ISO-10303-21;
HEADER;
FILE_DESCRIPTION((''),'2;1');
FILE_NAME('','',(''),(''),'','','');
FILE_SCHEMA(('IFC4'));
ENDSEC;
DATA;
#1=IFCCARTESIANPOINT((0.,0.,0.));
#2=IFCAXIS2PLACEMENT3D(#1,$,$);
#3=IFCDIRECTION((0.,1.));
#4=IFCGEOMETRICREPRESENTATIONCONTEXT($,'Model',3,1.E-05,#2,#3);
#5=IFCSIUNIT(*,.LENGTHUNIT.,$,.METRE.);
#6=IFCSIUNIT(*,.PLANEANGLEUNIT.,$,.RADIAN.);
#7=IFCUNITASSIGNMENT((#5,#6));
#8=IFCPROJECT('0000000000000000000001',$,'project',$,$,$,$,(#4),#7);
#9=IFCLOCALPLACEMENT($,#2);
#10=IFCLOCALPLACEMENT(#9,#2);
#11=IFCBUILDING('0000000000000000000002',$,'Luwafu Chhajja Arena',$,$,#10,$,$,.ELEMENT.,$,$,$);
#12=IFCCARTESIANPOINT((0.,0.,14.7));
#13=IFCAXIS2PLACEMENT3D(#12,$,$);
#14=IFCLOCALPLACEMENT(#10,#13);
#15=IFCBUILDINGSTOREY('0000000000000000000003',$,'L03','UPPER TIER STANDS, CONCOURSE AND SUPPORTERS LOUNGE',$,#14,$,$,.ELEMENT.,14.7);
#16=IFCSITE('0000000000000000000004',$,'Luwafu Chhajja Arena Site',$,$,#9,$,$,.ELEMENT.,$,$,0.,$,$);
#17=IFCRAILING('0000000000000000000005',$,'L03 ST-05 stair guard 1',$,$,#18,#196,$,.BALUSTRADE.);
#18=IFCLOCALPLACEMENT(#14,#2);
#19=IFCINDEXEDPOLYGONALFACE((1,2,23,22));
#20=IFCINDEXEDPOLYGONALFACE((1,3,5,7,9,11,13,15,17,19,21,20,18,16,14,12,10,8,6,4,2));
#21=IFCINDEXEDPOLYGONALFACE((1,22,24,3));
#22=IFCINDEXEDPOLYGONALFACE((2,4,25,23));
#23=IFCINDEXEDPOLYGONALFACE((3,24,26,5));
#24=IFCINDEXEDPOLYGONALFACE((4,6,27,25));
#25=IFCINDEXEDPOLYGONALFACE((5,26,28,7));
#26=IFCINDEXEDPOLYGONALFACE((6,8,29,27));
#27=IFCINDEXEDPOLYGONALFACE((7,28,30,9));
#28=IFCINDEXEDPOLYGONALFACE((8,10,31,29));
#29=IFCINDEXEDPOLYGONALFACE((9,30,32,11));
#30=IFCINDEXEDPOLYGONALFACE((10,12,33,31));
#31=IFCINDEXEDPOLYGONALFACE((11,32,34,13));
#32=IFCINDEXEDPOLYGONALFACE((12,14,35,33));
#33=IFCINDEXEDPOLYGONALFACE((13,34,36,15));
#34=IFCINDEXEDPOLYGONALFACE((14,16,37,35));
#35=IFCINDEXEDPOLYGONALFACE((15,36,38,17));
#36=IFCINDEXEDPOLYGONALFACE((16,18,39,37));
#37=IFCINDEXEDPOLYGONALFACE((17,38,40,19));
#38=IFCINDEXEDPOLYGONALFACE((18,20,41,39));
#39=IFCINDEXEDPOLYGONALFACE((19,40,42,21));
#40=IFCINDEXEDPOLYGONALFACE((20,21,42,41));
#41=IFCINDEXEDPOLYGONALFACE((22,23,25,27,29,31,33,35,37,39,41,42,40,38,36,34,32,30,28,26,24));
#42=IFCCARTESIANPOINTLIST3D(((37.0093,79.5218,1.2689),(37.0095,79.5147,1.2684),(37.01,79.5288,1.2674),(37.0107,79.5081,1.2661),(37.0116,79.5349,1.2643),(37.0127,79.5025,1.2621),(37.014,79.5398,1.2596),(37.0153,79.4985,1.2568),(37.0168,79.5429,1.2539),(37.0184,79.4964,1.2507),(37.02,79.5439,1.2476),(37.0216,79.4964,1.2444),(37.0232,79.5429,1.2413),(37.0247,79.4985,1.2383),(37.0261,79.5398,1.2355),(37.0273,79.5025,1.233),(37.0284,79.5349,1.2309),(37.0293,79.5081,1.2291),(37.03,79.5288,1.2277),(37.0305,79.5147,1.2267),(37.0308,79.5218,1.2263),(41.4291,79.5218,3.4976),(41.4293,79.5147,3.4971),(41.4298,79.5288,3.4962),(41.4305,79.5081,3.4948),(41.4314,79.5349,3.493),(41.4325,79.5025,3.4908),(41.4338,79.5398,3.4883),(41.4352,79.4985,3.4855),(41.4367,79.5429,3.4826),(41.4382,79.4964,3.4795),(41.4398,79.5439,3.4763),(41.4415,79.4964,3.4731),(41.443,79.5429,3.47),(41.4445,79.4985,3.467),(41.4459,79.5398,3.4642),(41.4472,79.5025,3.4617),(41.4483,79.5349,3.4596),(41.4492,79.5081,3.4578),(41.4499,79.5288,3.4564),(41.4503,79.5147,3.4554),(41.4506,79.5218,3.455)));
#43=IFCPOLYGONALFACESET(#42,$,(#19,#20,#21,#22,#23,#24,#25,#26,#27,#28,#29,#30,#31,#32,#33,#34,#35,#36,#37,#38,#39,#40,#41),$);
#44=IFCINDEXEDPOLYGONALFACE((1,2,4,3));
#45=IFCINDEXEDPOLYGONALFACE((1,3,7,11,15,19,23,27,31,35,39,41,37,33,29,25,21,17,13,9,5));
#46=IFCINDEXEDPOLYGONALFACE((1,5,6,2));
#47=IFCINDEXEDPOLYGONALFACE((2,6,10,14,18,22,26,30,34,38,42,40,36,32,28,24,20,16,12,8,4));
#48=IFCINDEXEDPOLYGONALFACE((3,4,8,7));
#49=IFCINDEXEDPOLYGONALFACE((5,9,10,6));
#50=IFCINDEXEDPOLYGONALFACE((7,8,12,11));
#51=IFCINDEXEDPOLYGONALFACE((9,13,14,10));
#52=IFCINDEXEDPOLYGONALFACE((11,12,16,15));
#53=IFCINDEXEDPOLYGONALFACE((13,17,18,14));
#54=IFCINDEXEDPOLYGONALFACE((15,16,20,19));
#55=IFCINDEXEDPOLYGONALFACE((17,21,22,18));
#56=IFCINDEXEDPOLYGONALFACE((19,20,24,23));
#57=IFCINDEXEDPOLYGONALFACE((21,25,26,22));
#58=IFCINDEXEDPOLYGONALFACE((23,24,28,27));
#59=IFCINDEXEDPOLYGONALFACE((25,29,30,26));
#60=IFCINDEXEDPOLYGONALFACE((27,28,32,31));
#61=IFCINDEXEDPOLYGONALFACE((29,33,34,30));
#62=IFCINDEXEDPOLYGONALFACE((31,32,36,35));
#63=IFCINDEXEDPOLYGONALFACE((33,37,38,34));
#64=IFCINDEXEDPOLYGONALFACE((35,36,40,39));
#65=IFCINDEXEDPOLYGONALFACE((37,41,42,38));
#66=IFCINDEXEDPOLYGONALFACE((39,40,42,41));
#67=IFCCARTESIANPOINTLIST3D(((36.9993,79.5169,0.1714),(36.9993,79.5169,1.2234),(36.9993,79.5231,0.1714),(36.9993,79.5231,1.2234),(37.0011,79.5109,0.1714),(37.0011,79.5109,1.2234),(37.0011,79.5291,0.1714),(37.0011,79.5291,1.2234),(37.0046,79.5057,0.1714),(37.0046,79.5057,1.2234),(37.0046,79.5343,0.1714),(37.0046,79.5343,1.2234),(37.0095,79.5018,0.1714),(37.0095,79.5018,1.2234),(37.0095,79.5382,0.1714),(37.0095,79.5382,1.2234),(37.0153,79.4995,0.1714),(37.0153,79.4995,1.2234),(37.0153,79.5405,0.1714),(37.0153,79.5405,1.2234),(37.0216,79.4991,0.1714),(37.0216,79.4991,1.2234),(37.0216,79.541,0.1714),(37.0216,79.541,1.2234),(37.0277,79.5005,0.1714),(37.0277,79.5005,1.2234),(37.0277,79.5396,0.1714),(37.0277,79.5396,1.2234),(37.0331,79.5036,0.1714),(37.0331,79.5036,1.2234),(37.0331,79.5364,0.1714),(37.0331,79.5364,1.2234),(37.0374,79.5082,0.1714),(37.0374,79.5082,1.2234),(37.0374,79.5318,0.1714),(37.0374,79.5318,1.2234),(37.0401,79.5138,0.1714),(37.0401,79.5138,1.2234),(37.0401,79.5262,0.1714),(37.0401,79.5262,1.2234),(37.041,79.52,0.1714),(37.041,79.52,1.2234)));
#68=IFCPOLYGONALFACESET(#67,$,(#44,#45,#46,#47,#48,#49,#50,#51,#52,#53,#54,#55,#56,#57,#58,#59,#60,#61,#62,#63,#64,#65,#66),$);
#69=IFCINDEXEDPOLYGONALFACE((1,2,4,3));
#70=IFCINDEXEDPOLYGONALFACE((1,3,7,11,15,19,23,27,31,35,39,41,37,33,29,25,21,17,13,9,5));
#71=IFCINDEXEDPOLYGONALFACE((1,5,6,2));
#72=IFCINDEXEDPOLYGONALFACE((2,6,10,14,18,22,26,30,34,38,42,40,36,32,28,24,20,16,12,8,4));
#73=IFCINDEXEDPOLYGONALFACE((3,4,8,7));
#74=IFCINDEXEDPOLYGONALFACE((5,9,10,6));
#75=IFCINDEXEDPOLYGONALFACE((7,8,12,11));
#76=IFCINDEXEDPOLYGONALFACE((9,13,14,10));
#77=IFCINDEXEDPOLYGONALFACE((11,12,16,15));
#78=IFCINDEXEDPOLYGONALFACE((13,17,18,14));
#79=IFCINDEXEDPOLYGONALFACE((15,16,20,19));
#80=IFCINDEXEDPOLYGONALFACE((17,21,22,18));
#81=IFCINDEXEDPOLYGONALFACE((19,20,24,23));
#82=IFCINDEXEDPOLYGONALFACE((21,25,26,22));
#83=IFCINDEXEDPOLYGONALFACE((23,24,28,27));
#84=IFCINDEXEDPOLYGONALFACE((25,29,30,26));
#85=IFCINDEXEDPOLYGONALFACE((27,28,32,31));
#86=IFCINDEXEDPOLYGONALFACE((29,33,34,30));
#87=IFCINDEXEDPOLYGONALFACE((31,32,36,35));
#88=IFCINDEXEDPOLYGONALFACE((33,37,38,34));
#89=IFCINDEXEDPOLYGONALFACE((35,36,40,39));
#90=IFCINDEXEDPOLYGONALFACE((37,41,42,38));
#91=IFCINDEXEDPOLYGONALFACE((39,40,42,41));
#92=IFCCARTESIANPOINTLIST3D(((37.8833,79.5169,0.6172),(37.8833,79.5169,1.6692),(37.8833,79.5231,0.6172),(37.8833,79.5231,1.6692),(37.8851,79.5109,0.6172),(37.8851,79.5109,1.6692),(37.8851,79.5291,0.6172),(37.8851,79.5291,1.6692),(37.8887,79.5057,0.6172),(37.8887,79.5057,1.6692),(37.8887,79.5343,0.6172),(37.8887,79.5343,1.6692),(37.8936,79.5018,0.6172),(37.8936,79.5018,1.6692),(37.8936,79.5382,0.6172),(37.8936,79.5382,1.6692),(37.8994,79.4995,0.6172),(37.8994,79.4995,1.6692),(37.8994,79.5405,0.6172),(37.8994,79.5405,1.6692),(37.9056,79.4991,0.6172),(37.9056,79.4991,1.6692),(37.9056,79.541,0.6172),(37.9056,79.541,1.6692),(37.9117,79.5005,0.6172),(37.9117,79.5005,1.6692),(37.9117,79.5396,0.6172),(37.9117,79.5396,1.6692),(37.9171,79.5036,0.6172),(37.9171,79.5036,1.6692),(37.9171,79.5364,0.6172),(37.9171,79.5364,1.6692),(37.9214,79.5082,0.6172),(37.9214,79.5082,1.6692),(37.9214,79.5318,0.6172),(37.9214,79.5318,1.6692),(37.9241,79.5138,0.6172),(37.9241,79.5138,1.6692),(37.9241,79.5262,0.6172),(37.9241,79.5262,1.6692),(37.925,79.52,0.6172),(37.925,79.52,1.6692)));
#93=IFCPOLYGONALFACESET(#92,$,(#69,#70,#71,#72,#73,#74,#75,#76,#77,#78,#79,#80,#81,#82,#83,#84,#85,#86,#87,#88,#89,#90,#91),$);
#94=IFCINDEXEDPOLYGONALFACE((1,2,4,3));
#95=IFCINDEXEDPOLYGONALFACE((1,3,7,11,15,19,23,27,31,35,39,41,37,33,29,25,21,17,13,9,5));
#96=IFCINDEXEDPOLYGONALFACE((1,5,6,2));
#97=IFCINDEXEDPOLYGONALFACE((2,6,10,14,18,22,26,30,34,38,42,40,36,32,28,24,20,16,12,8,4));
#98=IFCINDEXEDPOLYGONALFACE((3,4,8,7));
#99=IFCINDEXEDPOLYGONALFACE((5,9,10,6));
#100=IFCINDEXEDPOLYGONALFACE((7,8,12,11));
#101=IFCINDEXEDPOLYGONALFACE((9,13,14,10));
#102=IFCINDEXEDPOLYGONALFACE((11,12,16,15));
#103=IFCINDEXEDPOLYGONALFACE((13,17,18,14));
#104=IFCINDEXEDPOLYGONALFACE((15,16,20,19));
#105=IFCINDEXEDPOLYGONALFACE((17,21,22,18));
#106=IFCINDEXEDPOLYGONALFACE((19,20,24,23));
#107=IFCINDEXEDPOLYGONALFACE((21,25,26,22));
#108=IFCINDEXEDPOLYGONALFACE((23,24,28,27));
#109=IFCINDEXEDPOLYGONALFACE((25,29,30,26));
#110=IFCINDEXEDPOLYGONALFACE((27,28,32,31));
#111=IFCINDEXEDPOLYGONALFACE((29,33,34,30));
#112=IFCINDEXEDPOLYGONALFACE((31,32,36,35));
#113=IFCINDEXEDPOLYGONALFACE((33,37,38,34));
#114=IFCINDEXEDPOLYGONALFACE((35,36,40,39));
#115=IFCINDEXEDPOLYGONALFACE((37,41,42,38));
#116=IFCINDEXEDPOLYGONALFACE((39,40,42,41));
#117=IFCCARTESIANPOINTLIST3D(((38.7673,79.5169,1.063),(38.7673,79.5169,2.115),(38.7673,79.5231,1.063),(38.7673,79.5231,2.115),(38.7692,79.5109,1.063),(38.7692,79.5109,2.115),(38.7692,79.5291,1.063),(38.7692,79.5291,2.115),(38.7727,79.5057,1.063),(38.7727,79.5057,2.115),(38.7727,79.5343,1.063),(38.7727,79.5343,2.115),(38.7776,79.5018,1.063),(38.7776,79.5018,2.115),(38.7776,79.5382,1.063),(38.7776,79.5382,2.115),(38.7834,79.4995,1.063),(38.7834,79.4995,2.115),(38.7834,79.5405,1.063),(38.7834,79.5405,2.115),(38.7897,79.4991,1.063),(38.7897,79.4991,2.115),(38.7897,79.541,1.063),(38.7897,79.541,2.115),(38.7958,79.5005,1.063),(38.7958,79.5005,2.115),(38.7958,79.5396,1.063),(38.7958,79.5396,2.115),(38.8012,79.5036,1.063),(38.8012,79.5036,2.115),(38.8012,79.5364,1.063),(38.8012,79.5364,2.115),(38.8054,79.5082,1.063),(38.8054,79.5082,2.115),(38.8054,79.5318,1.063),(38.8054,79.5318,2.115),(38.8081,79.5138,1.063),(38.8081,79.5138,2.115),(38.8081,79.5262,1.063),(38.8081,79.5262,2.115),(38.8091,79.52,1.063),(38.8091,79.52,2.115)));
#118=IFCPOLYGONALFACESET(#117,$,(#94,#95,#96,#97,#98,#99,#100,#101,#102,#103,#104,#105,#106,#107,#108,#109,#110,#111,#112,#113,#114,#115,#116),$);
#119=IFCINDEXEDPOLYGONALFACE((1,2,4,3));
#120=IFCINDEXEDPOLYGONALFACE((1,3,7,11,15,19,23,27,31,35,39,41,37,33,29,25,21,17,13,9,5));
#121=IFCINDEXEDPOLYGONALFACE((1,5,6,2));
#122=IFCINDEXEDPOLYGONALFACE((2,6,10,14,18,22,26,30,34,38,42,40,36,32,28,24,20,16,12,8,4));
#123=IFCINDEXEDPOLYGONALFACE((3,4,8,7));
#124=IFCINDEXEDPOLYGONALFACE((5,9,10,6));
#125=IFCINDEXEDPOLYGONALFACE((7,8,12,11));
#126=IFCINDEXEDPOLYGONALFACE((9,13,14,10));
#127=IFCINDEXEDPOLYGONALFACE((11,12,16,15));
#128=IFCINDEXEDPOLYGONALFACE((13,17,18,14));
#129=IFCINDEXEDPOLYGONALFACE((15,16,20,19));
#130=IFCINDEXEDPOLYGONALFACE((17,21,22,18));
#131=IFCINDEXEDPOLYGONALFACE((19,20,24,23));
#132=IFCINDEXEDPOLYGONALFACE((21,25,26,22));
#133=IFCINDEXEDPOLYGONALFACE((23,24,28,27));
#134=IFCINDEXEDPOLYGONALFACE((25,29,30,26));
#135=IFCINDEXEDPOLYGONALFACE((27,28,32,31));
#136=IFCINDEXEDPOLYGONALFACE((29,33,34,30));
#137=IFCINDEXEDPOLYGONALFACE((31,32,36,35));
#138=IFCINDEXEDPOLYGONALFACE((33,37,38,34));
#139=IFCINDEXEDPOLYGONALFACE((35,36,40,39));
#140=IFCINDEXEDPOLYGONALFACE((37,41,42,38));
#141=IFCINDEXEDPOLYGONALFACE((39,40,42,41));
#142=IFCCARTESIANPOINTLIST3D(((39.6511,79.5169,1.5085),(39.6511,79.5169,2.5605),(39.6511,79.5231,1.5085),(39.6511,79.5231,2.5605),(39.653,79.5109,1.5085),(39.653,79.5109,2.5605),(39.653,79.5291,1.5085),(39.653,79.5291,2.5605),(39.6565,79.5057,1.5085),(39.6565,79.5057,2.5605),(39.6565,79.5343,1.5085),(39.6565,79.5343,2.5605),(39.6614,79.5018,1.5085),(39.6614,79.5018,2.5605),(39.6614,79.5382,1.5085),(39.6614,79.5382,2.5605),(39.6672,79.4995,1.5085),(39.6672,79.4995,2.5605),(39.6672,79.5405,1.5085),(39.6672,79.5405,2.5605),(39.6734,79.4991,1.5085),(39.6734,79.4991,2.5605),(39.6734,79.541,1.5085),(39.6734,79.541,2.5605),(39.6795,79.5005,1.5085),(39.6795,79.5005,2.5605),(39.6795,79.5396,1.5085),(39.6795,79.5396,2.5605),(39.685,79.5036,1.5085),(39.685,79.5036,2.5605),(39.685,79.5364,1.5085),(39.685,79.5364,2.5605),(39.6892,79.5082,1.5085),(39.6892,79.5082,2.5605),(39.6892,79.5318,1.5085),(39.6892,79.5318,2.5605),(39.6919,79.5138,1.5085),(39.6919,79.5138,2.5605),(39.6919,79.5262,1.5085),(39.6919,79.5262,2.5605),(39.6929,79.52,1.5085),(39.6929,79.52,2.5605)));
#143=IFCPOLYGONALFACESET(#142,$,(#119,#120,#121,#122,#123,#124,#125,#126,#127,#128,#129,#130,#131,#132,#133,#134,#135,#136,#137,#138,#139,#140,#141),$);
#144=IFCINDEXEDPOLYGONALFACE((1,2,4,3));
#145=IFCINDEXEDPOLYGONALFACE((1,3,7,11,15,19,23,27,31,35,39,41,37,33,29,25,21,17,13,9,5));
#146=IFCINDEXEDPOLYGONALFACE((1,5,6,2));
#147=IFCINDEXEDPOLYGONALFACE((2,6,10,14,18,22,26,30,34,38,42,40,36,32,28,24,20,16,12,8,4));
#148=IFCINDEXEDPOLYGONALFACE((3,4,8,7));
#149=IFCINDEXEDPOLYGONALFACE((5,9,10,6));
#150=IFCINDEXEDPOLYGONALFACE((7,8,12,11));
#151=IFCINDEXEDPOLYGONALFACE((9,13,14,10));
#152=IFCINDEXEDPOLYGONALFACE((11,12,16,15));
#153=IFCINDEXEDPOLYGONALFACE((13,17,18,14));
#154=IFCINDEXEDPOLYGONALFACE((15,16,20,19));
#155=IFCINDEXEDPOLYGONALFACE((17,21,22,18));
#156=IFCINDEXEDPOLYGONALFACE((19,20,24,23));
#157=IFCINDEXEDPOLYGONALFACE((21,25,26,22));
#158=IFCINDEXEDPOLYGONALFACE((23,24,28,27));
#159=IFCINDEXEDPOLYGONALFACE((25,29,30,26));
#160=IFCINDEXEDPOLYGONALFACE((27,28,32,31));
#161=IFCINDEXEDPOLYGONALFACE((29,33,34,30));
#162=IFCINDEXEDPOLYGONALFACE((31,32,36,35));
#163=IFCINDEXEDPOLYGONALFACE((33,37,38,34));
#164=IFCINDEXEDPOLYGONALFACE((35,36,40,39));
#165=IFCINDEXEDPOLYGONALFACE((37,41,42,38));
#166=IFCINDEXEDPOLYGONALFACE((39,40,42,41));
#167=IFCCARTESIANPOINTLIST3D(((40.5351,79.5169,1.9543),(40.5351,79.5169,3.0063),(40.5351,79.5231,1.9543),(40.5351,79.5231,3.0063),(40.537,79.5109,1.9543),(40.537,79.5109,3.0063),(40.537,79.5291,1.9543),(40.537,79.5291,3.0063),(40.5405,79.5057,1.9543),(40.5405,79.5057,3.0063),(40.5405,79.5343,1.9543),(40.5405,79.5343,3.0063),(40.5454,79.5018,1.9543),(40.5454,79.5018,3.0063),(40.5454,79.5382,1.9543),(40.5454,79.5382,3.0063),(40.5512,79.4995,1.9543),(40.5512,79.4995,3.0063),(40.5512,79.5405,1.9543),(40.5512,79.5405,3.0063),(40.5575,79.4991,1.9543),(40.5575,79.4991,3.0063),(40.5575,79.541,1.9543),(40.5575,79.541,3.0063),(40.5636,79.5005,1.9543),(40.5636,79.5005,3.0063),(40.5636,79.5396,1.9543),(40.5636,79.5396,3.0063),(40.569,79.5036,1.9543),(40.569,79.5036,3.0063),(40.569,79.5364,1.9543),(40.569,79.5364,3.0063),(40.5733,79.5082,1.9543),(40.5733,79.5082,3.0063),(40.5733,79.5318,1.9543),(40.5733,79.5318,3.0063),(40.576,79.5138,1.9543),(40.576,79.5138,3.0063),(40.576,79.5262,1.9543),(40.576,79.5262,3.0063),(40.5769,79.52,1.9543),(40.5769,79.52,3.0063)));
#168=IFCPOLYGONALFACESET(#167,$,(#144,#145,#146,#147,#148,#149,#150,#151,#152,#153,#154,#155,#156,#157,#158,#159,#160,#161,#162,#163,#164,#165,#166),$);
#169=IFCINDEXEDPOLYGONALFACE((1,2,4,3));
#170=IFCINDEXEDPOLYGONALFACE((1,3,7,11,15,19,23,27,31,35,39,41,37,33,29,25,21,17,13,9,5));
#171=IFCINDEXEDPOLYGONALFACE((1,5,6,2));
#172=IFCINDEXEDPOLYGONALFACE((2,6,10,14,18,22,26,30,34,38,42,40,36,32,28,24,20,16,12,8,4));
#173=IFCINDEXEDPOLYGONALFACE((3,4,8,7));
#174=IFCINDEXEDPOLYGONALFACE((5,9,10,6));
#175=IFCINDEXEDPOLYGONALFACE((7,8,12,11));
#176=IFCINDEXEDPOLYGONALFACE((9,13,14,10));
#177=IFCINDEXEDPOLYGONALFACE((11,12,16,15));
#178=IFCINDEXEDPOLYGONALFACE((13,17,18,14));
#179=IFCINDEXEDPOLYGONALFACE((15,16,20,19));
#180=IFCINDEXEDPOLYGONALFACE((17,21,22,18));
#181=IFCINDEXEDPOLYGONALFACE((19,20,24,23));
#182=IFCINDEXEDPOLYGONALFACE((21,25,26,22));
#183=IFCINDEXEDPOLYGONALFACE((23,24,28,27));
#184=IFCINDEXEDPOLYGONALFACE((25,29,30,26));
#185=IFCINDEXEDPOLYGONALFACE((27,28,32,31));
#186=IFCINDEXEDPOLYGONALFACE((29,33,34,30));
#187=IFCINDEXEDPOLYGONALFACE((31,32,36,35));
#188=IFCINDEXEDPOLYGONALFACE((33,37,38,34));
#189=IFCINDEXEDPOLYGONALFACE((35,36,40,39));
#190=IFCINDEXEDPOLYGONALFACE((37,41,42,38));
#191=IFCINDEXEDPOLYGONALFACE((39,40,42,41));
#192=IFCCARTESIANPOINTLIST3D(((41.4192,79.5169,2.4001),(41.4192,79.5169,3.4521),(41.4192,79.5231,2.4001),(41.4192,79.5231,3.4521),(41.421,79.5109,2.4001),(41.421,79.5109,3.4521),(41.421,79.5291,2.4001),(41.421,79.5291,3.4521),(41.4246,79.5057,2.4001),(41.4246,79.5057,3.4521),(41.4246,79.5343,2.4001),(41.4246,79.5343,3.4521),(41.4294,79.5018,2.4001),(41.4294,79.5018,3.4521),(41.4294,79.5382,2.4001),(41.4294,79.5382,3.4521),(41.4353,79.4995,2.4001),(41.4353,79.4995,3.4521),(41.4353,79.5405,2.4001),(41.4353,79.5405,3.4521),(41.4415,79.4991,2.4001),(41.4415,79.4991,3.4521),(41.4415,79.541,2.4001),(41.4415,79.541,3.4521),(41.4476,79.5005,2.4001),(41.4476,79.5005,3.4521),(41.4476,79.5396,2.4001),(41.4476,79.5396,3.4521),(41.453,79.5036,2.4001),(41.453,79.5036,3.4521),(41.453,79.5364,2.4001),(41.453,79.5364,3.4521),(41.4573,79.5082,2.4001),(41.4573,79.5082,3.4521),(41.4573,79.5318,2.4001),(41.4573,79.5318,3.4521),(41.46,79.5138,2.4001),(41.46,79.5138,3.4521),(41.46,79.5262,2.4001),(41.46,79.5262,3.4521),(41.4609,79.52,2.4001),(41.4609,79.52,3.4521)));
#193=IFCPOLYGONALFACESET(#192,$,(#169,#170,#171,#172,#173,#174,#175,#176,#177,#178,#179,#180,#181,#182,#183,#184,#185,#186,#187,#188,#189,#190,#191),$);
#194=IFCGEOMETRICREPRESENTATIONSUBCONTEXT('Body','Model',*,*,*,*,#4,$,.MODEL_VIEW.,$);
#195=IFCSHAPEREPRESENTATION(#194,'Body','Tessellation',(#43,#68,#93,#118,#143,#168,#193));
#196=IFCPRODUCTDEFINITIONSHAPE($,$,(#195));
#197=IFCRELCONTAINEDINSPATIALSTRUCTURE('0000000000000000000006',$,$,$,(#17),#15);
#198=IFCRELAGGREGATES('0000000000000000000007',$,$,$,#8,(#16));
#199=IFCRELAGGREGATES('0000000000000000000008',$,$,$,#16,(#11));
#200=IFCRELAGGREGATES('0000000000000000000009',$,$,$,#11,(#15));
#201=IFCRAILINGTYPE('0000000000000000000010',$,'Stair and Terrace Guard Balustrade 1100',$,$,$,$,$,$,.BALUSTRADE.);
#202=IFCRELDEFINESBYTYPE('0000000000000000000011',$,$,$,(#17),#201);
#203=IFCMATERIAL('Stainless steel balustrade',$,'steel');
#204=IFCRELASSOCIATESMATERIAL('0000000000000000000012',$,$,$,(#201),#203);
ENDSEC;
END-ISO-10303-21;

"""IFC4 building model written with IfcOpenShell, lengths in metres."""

from ifc_helpers import new_model, si_unit, direction, frame, origin, origin_2d, place, context, subcontext, project, spatial, circle, extrude, material, type_object, element, save


model = new_model("IFC4")

# Units and contexts
model_context = context("Model", 3, precision=1e-05, world=origin(), true_north=direction((0.0, 1.0)))
body_context = subcontext(model_context, "Body", "Model", "MODEL_VIEW")
ifc_project = project(units=[si_unit("LENGTHUNIT", "METRE"), si_unit("PLANEANGLEUNIT", "RADIAN")], contexts=[model_context])

# Site, building, storey
site_placement = place(None, origin())
site = spatial("IfcSite", under=ifc_project, at=site_placement, Name="Luwafu Chhajja Arena Site", CompositionType="ELEMENT", RefElevation=0.0)
building_placement = place(site_placement, origin())
building = spatial("IfcBuilding", under=site, at=building_placement, Name="Luwafu Chhajja Arena", CompositionType="ELEMENT")
storey_placement = place(building_placement, frame((0.0, 0.0, 14.7)))
storey = spatial("IfcBuildingStorey", under=building, at=storey_placement, Name="L03", Description="UPPER TIER STANDS, CONCOURSE AND SUPPORTERS LOUNGE", CompositionType="ELEMENT", Elevation=14.7)

# Railing
ifc_material_1 = material(Name="Stainless steel balustrade", Category="steel")
railing_type_1 = type_object("IfcRailingType", Name="Stair and Terrace Guard Balustrade 1100", PredefinedType="BALUSTRADE", material=ifc_material_1)
railing_1_placement = place(storey_placement, frame((37.02, 79.52, 0.1714)))
element("IfcRailing", 1, at=railing_1_placement, inside=storey, type_object=railing_type_1, Name="L03 ST-05 stair guard 1", PredefinedType="BALUSTRADE", context=body_context, shape_type="SweptSolid", body=[
    extrude(circle(Radius=0.0239, at=origin_2d()), frame((0.0, 0.0, 1.0762), z_axis=(0.892903, 0.0, 0.450249), x_axis=(0.0, 1.0, 0.0)), (0.0, 0.0, 1.0), 4.95),
    extrude(circle(Radius=0.021, at=origin_2d()), origin(), (0.0, 0.0, 1.0), 1.052),
    extrude(circle(Radius=0.021, at=origin_2d()), frame((0.884, 0.0, 0.4458)), (0.0, 0.0, 1.0), 1.052),
    extrude(circle(Radius=0.021, at=origin_2d()), frame((1.7681, 0.0, 0.8916)), (0.0, 0.0, 1.0), 1.052),
    extrude(circle(Radius=0.021, at=origin_2d()), frame((2.6519, 0.0, 1.3372)), (0.0, 0.0, 1.0), 1.052),
    extrude(circle(Radius=0.021, at=origin_2d()), frame((3.5359, 0.0, 1.783)), (0.0, 0.0, 1.0), 1.052),
    extrude(circle(Radius=0.021, at=origin_2d()), frame((4.4199, 0.0, 2.2288)), (0.0, 0.0, 1.0), 1.052),
])

save(model, "model.ifc")
